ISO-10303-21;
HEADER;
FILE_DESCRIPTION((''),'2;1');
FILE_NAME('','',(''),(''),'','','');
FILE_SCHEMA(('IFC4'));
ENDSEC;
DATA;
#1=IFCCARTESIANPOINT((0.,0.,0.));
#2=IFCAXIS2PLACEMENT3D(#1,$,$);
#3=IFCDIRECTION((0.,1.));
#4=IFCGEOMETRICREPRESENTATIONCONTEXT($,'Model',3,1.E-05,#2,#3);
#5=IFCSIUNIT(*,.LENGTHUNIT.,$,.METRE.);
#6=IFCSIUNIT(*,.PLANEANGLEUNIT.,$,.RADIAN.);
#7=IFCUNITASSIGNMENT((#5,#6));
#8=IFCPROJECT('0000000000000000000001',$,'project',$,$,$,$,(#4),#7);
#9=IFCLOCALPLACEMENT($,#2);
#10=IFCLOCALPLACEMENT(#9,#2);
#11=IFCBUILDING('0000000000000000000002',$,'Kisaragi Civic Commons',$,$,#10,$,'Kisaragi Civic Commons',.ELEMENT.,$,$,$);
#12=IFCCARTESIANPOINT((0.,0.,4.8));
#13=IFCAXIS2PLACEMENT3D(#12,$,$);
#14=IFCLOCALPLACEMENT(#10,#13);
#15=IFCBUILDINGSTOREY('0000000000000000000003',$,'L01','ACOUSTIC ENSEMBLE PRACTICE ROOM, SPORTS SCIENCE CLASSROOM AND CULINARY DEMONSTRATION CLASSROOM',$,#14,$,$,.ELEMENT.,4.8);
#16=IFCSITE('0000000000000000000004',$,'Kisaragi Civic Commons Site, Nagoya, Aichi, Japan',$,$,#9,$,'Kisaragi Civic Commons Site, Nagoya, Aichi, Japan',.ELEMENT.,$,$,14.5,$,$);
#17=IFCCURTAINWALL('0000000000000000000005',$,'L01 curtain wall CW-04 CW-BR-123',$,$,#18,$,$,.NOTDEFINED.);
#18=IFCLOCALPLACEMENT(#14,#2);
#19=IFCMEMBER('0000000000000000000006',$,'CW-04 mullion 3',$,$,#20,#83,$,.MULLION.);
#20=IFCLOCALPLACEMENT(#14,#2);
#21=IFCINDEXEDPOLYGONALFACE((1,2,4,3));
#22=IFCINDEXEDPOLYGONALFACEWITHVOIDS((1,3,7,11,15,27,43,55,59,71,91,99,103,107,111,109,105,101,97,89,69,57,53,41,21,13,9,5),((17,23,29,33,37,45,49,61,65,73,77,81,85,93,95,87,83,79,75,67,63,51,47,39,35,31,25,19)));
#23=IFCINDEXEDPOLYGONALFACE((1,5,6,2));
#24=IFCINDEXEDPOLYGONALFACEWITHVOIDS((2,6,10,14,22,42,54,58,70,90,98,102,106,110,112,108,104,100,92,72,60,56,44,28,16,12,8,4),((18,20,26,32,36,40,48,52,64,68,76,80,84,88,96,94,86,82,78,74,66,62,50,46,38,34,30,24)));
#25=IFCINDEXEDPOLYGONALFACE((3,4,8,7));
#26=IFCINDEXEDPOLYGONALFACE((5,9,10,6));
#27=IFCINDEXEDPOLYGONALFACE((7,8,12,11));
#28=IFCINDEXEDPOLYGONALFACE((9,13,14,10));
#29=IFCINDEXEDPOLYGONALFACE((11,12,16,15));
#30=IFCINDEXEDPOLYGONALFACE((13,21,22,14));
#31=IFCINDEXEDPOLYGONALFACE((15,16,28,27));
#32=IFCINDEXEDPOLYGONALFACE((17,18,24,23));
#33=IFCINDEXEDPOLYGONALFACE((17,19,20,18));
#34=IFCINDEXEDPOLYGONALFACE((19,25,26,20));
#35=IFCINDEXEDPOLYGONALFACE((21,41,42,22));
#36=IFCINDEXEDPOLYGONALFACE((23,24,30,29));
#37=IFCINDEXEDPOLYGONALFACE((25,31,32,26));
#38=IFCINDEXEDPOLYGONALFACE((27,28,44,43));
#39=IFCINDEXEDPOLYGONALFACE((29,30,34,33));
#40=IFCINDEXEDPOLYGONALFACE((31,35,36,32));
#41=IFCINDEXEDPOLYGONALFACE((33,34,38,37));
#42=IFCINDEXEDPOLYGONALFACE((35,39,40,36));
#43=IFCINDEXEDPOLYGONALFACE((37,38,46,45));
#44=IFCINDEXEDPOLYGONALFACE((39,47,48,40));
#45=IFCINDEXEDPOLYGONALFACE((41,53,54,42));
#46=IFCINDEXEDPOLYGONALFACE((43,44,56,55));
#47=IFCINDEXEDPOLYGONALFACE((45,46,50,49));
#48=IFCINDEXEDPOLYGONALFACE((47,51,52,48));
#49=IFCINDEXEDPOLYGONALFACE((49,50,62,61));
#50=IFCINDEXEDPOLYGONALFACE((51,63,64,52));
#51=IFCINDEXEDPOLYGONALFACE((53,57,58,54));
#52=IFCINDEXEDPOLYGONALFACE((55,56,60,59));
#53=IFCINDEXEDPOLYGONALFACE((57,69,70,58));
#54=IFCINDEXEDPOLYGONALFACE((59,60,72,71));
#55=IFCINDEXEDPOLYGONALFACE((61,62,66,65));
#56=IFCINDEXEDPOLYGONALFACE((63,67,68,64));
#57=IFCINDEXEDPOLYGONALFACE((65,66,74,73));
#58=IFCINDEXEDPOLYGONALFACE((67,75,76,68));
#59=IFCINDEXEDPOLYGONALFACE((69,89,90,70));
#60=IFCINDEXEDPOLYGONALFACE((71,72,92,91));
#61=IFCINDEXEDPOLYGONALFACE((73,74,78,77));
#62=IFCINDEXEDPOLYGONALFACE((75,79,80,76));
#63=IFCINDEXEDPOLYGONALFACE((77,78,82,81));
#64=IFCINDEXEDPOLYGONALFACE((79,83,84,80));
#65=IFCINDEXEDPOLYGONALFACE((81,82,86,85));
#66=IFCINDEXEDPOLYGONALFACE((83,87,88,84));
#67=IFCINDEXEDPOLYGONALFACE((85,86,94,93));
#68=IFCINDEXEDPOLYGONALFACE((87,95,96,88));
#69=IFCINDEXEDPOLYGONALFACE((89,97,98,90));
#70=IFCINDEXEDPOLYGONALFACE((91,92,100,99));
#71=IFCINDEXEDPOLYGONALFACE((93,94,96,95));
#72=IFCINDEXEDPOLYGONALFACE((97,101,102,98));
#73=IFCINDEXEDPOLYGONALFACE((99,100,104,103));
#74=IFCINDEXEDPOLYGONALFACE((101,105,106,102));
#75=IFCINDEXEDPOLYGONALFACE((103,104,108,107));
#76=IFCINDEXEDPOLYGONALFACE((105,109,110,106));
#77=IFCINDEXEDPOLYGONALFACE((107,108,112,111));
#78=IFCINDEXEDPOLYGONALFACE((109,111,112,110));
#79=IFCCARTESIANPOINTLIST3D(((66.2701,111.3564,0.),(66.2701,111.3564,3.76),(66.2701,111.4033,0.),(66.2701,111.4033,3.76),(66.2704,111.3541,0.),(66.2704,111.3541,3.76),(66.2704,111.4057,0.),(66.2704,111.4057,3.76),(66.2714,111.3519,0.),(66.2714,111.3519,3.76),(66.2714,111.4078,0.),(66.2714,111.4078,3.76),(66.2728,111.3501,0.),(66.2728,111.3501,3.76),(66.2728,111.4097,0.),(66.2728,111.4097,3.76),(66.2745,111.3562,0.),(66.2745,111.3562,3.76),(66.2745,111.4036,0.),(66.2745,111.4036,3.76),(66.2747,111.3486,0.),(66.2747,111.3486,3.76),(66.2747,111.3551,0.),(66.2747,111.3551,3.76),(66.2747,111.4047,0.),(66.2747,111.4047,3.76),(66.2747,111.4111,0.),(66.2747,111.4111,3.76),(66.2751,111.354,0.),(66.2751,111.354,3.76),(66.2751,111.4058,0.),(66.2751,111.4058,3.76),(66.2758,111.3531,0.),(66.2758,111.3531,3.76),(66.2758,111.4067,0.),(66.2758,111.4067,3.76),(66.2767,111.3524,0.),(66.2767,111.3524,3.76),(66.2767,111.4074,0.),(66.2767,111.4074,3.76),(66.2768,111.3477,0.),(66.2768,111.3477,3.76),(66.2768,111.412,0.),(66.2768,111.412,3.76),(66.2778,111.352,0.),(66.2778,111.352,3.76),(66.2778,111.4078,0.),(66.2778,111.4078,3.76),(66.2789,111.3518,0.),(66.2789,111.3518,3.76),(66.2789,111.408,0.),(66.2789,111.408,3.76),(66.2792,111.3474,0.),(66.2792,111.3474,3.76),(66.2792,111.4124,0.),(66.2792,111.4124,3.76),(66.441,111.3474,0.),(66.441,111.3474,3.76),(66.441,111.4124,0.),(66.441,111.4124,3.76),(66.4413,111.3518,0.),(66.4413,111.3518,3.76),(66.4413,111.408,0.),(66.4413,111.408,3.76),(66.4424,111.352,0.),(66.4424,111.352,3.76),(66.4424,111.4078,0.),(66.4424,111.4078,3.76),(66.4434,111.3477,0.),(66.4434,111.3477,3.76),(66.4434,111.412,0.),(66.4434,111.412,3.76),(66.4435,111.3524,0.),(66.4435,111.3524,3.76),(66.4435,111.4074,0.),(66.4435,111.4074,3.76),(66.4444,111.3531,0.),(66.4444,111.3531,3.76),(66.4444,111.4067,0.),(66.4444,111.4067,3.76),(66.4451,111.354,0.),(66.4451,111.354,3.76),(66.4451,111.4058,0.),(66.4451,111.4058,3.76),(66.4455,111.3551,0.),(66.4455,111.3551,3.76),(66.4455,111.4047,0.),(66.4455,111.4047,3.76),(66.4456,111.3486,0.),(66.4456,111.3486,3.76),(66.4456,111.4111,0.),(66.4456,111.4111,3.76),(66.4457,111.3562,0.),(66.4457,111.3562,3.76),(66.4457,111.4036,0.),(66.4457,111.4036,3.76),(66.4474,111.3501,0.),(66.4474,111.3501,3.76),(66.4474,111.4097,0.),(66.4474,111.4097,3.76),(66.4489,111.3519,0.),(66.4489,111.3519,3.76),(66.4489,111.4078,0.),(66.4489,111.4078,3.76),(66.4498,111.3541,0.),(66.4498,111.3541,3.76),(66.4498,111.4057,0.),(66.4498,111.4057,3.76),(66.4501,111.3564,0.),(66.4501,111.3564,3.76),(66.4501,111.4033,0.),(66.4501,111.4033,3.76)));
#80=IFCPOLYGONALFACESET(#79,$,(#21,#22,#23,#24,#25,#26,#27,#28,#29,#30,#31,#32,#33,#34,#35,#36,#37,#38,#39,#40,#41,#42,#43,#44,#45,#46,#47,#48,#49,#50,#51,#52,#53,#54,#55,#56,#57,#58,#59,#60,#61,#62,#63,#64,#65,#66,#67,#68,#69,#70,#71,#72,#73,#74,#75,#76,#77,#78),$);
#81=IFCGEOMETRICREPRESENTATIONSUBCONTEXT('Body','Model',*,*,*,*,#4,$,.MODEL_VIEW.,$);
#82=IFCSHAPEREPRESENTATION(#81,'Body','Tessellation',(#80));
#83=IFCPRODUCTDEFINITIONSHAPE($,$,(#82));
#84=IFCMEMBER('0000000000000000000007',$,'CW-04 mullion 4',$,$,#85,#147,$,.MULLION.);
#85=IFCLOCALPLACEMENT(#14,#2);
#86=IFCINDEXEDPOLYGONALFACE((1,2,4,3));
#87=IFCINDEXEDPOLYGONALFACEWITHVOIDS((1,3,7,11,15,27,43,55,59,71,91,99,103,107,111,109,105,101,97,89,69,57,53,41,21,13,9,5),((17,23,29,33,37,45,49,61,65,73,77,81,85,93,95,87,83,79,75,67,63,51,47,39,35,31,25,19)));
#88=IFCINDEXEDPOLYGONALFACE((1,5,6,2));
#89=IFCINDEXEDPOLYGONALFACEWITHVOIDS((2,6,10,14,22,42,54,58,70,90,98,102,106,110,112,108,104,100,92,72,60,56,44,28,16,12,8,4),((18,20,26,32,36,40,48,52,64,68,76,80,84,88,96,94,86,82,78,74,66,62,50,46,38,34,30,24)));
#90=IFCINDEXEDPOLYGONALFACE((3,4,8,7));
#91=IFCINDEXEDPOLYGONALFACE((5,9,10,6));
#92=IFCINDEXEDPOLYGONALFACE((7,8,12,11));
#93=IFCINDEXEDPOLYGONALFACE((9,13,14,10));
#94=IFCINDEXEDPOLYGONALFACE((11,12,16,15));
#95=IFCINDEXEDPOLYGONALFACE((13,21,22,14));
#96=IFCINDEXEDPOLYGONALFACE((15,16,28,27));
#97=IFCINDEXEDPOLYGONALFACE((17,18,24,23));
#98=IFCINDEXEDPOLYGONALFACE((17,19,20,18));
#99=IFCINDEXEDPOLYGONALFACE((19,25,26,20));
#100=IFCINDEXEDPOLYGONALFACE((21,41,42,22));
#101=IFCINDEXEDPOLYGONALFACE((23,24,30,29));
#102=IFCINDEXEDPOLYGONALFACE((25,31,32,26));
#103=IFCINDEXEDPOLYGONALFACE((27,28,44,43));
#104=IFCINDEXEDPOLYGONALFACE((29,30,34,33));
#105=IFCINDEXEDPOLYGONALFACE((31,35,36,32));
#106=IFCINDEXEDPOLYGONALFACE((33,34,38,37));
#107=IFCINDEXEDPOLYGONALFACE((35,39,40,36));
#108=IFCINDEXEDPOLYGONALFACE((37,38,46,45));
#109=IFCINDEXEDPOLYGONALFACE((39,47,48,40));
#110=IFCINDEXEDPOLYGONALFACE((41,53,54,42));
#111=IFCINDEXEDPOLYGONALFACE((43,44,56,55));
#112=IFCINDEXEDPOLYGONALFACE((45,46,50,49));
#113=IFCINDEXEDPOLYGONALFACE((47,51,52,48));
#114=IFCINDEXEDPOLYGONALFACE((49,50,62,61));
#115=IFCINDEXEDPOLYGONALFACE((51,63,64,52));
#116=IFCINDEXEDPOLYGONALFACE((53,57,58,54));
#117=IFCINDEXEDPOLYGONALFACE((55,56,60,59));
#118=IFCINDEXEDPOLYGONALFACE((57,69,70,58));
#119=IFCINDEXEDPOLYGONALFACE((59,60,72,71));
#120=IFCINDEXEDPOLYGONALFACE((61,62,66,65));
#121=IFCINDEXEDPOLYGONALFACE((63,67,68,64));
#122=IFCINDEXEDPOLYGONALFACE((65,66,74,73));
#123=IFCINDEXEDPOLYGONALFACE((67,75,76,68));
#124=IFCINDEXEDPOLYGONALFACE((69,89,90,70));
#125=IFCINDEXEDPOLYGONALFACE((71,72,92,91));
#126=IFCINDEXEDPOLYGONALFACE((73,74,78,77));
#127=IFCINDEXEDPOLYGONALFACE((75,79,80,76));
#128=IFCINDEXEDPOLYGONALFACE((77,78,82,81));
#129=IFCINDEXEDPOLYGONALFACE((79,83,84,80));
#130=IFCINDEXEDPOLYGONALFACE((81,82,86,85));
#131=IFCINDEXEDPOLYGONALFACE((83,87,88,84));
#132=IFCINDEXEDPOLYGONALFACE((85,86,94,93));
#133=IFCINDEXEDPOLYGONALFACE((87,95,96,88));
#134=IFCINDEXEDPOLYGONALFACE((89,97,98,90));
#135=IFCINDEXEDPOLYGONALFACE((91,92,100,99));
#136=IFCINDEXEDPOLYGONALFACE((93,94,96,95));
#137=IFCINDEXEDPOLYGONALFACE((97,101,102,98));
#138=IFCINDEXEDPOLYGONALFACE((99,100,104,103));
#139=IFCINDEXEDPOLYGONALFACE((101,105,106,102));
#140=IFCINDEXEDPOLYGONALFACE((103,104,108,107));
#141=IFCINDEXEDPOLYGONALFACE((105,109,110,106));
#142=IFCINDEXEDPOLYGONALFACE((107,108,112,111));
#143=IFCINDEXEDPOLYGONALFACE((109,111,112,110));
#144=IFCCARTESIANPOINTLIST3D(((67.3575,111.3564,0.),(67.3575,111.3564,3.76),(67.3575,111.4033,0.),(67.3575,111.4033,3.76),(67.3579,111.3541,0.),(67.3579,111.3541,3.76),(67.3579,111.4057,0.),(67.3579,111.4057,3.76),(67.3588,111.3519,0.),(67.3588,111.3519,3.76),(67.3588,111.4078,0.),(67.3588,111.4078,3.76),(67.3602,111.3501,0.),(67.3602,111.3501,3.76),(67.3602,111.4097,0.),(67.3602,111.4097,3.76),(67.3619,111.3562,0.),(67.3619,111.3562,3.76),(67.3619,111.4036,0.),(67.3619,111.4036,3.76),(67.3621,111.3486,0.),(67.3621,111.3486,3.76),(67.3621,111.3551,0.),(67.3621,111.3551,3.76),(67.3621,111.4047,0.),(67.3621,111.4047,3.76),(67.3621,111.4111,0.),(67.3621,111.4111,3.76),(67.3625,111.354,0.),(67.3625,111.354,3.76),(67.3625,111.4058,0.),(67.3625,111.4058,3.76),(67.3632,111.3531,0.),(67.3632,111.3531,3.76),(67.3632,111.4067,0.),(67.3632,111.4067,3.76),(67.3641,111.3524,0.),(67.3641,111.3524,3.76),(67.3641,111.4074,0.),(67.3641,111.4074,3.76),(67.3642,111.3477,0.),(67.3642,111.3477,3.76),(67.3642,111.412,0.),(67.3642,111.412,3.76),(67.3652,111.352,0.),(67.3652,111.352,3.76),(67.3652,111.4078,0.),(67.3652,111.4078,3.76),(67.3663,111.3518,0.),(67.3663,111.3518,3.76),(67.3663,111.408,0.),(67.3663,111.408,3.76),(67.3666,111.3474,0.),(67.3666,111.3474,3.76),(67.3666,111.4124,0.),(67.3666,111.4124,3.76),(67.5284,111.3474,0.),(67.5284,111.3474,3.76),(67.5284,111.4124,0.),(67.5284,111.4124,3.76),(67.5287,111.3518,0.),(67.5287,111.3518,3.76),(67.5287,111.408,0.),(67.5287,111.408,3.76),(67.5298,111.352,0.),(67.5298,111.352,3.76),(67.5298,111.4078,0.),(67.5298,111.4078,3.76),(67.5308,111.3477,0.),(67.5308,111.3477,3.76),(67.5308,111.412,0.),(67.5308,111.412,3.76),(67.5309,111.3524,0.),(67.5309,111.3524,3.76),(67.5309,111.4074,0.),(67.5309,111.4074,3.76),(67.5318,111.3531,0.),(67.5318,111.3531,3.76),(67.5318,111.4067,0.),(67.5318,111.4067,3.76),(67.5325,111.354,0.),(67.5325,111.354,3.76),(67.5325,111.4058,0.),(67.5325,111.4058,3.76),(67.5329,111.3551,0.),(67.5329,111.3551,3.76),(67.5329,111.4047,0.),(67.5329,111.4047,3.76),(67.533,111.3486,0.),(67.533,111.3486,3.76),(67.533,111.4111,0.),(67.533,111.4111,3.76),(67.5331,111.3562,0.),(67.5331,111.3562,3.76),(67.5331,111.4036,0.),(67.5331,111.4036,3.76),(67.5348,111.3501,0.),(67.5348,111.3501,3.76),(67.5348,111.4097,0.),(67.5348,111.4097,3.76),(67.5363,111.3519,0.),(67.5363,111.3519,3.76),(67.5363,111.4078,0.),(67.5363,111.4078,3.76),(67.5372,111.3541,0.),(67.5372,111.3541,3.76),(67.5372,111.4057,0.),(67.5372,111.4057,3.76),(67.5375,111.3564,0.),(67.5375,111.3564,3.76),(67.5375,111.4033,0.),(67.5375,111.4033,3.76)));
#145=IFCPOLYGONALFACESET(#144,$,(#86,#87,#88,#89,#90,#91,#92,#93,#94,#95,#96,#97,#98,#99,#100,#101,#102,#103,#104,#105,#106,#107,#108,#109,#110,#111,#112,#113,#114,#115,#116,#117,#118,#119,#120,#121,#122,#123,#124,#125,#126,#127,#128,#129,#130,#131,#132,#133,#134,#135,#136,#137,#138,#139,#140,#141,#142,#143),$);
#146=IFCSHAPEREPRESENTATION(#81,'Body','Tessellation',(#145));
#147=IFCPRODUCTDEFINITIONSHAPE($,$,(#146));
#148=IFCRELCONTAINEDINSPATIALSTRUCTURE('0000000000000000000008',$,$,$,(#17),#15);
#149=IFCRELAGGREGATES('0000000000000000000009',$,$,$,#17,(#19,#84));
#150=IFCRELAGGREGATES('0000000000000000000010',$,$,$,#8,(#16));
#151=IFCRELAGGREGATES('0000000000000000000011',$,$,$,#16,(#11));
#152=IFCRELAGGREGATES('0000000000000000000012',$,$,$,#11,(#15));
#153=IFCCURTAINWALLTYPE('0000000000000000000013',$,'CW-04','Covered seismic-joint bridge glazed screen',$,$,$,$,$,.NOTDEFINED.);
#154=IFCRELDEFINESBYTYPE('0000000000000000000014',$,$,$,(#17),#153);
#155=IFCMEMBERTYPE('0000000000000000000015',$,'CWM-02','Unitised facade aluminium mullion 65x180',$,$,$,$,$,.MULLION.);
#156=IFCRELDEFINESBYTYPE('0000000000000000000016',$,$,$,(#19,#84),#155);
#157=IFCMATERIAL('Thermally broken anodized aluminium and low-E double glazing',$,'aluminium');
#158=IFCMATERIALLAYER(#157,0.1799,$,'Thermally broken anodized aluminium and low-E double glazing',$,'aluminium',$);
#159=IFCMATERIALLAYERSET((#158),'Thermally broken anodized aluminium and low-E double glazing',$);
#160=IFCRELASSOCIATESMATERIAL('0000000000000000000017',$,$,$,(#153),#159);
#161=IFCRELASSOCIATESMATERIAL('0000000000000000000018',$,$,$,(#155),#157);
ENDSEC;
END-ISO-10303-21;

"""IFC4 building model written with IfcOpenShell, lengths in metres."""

from ifc_helpers import new_model, si_unit, direction, frame, origin, origin_2d, place, context, subcontext, project, spatial, hollow_rectangle, extrude, material, layer, layer_set, material_profile, profile_set, type_object, element, aggregate, save


model = new_model("IFC4")

# Units and contexts
model_context = context("Model", 3, precision=1e-05, world=origin(), true_north=direction((0.0, 1.0)))
body_context = subcontext(model_context, "Body", "Model", "MODEL_VIEW")
ifc_project = project(units=[si_unit("LENGTHUNIT", "METRE"), si_unit("PLANEANGLEUNIT", "RADIAN")], contexts=[model_context])

# Site, building, storey
site_placement = place(None, origin())
site = spatial("IfcSite", under=ifc_project, at=site_placement, Name="Kisaragi Civic Commons Site, Nagoya, Aichi, Japan", LongName="Kisaragi Civic Commons Site, Nagoya, Aichi, Japan", CompositionType="ELEMENT", RefElevation=14.5)
building_placement = place(site_placement, origin())
building = spatial("IfcBuilding", under=site, at=building_placement, Name="Kisaragi Civic Commons", LongName="Kisaragi Civic Commons", CompositionType="ELEMENT")
storey_placement = place(building_placement, frame((0.0, 0.0, 4.8)))
storey = spatial("IfcBuildingStorey", under=building, at=storey_placement, Name="L01", Description="ACOUSTIC ENSEMBLE PRACTICE ROOM, SPORTS SCIENCE CLASSROOM AND CULINARY DEMONSTRATION CLASSROOM", CompositionType="ELEMENT", Elevation=4.8)

# Curtain wall, members
ifc_material_1 = material(Name="Thermally broken anodized aluminium and low-E double glazing", Category="aluminium")
ifc_layer_1 = layer(ifc_material_1, 0.1799, Name="Thermally broken anodized aluminium and low-E double glazing", Category="aluminium")
ifc_layer_set_1 = layer_set([ifc_layer_1], Name="Thermally broken anodized aluminium and low-E double glazing")
curtain_wall_type = type_object("IfcCurtainWallType", Name="CW-04", Description="Covered seismic-joint bridge glazed screen", PredefinedType="NOTDEFINED", material=ifc_layer_set_1)
curtain_wall_1_placement = place(storey_placement, origin())
curtain_wall_1 = element("IfcCurtainWall", 1, at=curtain_wall_1_placement, inside=storey, type_object=curtain_wall_type, Name="L01 curtain wall CW-04 CW-BR-123", PredefinedType="NOTDEFINED")
ifc_material_profile_1 = material_profile(ifc_material_1, hollow_rectangle(XDim=0.0649, YDim=0.1799, WallThickness=0.0044, InnerFilletRadius=0.0044, OuterFilletRadius=0.009, at=origin_2d()), Name="CWM-65x180x4.5", Category="aluminium")
ifc_profile_set_1 = profile_set([ifc_material_profile_1], Name="Thermally broken anodized aluminium and low-E double glazing")
member_type_1 = type_object("IfcMemberType", Name="CWM-02", Description="Unitised facade aluminium mullion 65x180", PredefinedType="MULLION", material=ifc_profile_set_1)
member_1_placement = place(storey_placement, frame((66.3601, 111.3799, 0.0), z_axis=(0.0, 0.0, 1.0), x_axis=(0.0, 1.0, 0.0)))
member_1 = element("IfcMember", 2, at=member_1_placement, type_object=member_type_1, Name="CW-04 mullion 3", PredefinedType="MULLION", context=body_context, shape_type="SweptSolid", body=[
    extrude(hollow_rectangle(XDim=0.0649, YDim=0.1799, WallThickness=0.0044, InnerFilletRadius=0.0044, OuterFilletRadius=0.009, at=origin_2d()), origin(), (0.0, 0.0, 1.0), 3.76),
])
member_2_placement = place(storey_placement, frame((67.4475, 111.3799, 0.0), z_axis=(0.0, 0.0, 1.0), x_axis=(0.0, 1.0, 0.0)))
member_2 = element("IfcMember", 3, at=member_2_placement, type_object=member_type_1, Name="CW-04 mullion 4", PredefinedType="MULLION", context=body_context, shape_type="SweptSolid", body=[
    extrude(hollow_rectangle(XDim=0.0649, YDim=0.1799, WallThickness=0.0044, InnerFilletRadius=0.0044, OuterFilletRadius=0.009, at=origin_2d()), origin(), (0.0, 0.0, 1.0), 3.76),
])

aggregate(curtain_wall_1, [member_1, member_2])

save(model, "model.ifc")
